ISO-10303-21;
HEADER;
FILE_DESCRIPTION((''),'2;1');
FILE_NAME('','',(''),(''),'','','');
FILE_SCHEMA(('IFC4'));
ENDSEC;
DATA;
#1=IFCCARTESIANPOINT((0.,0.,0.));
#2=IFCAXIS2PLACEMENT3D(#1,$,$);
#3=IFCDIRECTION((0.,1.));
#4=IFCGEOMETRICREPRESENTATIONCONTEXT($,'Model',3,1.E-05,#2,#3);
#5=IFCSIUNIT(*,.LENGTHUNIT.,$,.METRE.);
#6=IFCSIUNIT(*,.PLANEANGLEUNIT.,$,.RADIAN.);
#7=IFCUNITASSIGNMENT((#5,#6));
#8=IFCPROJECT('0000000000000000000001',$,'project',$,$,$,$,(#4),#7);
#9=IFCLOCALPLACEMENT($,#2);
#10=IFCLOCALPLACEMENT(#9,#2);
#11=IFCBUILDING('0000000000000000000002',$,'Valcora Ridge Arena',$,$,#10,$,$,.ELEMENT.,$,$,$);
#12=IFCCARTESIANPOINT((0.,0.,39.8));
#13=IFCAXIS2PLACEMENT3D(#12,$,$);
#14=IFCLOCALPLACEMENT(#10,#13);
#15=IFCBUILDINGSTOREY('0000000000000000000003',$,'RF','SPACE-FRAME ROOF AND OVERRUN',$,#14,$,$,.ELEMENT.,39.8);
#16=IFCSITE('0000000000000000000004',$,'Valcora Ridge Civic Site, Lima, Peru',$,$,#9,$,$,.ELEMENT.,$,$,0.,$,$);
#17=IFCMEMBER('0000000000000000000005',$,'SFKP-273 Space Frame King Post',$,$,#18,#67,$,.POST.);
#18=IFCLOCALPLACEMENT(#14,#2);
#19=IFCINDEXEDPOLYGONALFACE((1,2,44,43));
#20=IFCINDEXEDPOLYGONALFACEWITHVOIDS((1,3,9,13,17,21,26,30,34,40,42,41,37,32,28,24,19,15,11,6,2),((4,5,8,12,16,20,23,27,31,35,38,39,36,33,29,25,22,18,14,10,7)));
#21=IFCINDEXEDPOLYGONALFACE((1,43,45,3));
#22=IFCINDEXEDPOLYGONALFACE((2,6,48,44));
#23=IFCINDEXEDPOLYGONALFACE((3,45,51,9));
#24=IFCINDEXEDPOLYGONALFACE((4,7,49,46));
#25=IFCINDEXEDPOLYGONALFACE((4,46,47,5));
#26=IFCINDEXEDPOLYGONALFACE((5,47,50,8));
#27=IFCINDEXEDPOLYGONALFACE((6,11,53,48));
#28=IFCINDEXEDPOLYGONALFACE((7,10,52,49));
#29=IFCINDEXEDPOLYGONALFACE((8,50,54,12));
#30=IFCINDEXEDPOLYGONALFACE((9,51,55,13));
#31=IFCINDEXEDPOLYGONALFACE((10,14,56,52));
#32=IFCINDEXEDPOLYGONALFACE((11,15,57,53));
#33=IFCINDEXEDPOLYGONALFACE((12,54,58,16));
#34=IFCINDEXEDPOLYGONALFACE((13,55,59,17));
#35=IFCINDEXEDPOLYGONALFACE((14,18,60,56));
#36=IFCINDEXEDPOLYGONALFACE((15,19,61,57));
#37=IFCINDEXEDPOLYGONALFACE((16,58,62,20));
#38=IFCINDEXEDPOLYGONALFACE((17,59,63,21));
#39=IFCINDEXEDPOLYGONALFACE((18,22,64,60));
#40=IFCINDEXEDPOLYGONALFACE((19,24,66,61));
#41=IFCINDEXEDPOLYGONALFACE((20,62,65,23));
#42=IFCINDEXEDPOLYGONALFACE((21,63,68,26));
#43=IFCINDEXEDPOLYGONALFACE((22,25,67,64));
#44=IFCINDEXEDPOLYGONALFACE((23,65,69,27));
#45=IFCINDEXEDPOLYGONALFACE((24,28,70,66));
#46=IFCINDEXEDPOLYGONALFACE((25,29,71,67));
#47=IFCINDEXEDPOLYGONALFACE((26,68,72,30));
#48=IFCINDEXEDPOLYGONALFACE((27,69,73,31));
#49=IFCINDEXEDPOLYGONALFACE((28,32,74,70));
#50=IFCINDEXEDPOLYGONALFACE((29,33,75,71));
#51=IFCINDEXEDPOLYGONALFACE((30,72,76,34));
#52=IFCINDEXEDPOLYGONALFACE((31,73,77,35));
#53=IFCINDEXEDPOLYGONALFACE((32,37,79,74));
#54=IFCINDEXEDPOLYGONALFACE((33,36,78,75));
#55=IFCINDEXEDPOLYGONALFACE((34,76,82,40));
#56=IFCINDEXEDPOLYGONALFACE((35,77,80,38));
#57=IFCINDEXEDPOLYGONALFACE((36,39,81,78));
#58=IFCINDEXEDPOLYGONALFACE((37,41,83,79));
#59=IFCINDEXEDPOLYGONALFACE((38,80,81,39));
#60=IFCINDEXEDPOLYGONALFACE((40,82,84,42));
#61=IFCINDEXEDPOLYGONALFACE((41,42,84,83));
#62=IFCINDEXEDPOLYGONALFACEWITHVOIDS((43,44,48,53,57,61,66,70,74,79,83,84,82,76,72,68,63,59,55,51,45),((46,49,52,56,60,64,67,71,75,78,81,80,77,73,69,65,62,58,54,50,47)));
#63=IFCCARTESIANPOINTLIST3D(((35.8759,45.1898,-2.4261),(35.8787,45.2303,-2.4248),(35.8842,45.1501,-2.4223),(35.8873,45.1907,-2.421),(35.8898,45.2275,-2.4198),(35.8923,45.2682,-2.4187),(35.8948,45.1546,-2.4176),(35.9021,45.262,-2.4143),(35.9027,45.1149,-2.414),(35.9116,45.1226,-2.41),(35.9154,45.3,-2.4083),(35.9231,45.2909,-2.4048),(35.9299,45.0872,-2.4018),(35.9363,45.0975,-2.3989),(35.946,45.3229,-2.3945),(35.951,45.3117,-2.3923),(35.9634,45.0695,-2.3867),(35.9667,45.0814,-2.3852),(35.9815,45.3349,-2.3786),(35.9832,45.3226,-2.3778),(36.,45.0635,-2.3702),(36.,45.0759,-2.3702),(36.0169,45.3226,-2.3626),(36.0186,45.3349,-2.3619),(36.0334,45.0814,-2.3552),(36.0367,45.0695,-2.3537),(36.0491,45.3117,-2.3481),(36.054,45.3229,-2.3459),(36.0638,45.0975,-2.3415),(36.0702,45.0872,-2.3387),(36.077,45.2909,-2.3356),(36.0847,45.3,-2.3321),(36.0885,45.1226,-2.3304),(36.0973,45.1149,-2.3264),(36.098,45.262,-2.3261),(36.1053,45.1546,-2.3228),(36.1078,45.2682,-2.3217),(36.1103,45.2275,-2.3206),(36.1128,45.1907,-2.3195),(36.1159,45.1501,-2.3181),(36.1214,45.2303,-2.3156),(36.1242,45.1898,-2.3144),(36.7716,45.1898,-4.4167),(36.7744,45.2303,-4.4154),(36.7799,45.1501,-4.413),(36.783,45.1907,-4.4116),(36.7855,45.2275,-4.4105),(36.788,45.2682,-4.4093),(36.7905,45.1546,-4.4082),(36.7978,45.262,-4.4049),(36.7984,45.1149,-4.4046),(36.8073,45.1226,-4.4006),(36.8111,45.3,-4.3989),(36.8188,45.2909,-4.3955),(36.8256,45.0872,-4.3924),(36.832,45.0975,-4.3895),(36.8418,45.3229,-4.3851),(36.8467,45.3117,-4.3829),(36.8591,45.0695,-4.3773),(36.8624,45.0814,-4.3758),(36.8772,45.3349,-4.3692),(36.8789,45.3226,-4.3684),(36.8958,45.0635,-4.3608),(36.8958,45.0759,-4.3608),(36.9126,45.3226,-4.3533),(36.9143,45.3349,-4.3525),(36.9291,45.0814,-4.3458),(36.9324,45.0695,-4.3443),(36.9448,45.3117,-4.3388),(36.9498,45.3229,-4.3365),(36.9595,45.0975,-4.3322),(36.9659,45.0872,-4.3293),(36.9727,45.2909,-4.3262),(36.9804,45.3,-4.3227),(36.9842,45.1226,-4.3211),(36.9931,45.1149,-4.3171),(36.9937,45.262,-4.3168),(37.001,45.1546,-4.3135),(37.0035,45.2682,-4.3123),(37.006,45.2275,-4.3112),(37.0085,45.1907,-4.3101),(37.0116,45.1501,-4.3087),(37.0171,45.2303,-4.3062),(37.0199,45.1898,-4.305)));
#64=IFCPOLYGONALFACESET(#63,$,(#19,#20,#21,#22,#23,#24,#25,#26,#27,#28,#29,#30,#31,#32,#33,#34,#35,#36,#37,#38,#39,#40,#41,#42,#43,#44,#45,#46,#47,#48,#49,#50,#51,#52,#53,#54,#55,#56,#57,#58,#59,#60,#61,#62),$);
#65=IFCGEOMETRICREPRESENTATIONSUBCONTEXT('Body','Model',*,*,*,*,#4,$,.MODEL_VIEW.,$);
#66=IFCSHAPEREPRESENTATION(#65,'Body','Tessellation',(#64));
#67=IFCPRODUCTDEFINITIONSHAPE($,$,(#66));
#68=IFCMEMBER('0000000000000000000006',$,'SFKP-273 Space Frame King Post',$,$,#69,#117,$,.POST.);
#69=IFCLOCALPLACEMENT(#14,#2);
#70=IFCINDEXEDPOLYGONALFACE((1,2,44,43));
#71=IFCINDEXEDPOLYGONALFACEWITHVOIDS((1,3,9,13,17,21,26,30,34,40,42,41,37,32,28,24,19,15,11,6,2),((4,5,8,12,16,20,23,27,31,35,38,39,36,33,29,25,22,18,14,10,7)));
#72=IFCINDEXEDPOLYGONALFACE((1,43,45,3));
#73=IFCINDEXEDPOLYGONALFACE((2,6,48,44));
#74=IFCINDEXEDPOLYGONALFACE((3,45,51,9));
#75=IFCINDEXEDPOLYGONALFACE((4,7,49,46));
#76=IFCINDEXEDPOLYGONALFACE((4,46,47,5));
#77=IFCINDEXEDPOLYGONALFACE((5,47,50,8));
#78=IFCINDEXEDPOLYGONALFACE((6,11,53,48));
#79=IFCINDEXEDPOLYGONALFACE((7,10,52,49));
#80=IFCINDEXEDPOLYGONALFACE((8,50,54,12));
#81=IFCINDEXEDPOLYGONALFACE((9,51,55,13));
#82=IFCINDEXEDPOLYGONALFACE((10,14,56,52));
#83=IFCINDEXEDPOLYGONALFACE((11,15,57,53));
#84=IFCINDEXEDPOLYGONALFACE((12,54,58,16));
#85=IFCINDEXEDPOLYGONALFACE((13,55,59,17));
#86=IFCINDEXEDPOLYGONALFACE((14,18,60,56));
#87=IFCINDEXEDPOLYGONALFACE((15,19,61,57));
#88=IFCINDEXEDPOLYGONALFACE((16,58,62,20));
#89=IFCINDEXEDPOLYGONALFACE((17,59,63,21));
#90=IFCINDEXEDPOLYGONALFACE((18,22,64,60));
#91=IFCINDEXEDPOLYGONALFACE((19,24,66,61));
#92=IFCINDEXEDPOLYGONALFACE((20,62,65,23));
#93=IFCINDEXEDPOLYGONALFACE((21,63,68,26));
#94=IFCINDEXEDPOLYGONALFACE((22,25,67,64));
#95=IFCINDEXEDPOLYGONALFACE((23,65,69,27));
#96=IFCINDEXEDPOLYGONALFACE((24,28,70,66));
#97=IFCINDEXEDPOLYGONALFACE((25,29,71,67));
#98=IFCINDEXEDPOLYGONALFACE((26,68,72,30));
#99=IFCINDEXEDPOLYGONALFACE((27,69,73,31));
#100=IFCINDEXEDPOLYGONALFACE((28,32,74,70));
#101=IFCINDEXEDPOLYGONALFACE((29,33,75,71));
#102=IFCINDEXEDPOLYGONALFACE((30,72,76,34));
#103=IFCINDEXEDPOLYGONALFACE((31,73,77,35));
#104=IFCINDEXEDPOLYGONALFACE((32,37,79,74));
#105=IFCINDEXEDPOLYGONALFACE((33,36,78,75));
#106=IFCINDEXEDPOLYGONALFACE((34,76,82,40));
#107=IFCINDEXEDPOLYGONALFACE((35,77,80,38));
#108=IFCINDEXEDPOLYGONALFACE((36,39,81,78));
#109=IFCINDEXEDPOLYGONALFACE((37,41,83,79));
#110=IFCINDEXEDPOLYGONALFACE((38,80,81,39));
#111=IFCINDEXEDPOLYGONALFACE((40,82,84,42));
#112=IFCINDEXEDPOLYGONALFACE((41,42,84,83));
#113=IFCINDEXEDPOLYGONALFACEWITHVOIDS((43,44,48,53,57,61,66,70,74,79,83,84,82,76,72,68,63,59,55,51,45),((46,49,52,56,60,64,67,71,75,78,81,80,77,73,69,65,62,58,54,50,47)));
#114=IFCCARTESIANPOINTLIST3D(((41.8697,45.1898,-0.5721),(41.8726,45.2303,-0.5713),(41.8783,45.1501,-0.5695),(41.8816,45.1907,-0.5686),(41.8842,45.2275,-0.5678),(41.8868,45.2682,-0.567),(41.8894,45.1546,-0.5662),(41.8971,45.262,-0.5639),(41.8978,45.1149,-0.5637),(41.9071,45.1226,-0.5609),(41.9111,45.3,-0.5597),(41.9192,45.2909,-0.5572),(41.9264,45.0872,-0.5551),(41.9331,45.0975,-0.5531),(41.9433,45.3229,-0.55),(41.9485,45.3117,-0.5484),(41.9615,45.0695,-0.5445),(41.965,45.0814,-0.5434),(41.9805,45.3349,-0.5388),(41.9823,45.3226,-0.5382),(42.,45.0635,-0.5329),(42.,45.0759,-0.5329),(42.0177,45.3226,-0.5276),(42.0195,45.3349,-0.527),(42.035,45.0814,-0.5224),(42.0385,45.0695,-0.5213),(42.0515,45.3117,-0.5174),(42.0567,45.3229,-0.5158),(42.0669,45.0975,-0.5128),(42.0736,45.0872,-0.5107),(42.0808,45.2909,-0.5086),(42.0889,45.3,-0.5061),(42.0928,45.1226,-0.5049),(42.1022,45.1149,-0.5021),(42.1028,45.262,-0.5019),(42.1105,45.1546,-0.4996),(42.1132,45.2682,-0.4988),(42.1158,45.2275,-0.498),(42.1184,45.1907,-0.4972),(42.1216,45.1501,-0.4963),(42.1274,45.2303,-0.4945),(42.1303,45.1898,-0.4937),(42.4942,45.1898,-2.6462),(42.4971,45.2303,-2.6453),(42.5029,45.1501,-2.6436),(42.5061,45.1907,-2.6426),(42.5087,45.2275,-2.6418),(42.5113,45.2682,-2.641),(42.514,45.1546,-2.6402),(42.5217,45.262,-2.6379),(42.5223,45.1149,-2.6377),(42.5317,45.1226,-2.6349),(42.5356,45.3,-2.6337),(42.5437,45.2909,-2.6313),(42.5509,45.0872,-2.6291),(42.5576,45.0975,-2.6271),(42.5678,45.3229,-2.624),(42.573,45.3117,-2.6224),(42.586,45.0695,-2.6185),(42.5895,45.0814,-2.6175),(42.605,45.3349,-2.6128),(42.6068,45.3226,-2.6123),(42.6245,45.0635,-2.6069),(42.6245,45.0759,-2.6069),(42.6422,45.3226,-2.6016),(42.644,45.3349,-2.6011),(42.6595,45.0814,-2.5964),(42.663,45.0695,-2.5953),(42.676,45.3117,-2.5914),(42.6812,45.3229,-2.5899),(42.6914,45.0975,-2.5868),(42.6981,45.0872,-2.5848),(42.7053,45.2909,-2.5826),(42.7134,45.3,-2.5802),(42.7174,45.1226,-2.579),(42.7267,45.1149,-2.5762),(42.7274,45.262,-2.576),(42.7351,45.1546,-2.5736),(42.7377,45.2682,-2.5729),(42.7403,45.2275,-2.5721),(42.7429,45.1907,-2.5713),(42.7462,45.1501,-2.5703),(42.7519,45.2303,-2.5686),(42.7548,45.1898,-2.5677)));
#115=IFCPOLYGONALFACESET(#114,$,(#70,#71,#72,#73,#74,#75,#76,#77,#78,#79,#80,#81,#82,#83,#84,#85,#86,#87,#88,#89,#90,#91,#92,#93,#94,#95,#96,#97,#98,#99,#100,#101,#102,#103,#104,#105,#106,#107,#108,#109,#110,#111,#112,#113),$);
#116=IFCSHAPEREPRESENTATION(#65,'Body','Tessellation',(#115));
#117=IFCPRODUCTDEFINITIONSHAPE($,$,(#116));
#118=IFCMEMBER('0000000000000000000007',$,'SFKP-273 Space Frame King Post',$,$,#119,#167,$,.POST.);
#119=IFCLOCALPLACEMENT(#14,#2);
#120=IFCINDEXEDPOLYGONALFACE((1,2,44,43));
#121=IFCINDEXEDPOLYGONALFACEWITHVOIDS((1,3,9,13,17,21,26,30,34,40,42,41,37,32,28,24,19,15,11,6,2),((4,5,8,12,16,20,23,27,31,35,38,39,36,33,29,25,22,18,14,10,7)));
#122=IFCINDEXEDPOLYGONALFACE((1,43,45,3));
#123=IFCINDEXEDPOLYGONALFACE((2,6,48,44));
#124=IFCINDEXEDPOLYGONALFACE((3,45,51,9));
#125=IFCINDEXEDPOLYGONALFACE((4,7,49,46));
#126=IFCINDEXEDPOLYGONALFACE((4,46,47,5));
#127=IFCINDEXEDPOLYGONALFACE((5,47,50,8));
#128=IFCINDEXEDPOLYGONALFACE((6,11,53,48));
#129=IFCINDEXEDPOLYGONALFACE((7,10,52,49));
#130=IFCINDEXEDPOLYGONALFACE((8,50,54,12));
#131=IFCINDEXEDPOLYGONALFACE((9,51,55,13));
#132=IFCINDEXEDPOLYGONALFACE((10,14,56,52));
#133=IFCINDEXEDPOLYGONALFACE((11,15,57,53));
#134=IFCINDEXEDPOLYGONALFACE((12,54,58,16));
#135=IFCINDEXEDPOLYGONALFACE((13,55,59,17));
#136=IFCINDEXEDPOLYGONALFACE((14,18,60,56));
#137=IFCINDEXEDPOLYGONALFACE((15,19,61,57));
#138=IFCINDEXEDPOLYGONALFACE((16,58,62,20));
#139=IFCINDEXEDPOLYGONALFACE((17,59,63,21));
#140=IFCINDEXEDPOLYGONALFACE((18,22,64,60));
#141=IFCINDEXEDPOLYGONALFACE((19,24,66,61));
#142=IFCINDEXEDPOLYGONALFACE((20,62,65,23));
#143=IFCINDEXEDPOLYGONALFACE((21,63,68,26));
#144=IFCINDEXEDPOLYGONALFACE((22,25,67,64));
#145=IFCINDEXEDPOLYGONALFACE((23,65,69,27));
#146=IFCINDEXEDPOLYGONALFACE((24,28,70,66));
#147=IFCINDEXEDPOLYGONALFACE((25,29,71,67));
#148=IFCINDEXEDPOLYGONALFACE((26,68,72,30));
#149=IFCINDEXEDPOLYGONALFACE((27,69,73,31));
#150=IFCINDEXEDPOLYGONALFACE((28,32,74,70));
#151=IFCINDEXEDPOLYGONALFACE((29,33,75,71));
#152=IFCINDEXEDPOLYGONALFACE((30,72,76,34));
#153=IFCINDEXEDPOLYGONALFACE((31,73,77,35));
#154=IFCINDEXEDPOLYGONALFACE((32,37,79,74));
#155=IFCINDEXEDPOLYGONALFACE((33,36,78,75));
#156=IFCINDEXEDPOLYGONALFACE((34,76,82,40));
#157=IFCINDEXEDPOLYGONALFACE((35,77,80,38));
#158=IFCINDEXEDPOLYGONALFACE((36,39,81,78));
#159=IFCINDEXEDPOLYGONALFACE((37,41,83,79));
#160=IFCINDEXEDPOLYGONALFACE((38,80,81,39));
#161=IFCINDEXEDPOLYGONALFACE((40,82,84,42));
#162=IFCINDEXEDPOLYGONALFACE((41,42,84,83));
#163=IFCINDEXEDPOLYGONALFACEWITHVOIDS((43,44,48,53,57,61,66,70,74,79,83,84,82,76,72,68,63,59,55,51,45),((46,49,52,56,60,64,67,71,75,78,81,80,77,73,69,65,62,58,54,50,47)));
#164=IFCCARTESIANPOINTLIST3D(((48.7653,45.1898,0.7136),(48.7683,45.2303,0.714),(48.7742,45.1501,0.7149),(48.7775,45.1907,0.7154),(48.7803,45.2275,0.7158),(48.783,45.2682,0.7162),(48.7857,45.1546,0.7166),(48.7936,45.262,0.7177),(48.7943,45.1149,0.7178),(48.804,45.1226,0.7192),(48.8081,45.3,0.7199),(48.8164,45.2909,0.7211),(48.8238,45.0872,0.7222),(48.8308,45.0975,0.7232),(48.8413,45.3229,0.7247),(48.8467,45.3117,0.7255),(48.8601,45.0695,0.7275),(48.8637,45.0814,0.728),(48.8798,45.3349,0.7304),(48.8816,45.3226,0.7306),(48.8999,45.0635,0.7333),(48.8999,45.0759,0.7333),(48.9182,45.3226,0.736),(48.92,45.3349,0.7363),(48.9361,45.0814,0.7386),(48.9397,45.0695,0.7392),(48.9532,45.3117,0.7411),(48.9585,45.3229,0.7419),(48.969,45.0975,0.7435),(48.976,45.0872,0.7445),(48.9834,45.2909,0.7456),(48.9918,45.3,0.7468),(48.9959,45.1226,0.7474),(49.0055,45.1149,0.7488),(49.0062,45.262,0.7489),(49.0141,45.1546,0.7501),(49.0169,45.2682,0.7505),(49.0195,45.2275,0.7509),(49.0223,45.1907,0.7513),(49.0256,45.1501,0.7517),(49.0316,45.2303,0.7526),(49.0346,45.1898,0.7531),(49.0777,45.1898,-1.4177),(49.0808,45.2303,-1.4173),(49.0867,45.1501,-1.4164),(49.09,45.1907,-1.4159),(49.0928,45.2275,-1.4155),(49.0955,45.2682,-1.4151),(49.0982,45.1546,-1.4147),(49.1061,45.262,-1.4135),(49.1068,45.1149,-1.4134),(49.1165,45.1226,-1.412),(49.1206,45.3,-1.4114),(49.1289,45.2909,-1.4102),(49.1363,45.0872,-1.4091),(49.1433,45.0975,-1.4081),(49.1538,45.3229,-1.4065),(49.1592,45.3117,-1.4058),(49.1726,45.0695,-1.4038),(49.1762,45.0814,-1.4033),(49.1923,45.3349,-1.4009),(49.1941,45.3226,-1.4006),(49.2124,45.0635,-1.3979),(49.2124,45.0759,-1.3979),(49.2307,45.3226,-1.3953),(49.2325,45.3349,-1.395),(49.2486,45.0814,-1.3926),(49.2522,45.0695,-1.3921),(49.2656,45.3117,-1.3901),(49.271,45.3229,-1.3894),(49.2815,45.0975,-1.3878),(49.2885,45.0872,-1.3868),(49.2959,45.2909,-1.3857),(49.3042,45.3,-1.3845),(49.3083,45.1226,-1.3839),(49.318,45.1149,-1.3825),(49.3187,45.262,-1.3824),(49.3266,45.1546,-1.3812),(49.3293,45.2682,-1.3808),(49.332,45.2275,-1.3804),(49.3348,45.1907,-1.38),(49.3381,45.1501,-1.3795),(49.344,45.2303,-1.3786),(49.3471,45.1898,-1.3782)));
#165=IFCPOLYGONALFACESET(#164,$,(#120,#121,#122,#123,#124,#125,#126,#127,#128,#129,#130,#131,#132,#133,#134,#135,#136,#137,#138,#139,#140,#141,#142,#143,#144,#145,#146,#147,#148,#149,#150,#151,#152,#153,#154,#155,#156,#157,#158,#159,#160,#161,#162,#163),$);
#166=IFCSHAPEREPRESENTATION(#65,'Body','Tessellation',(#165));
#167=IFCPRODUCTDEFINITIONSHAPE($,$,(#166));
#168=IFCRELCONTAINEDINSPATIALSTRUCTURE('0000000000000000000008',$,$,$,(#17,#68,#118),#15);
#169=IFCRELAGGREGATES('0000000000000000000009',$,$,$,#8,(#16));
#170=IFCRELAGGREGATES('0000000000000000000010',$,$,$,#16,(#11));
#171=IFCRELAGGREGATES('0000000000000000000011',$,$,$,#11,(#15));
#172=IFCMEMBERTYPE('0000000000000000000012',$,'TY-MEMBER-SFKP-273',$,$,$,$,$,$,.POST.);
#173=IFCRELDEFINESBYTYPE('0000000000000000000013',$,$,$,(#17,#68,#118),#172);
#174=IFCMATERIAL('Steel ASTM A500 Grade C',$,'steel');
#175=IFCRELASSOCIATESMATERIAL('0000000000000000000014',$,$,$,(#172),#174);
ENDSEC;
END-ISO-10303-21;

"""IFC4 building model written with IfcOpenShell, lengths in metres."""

from ifc_helpers import new_model, si_unit, direction, frame, origin, origin_2d, place, context, subcontext, project, spatial, hollow_circle, extrude, material, material_profile, profile_set, type_object, element, save


model = new_model("IFC4")

# Units and contexts
model_context = context("Model", 3, precision=1e-05, world=origin(), true_north=direction((0.0, 1.0)))
body_context = subcontext(model_context, "Body", "Model", "MODEL_VIEW")
ifc_project = project(units=[si_unit("LENGTHUNIT", "METRE"), si_unit("PLANEANGLEUNIT", "RADIAN")], contexts=[model_context])

# Site, building, storey
site_placement = place(None, origin())
site = spatial("IfcSite", under=ifc_project, at=site_placement, Name="Valcora Ridge Civic Site, Lima, Peru", CompositionType="ELEMENT", RefElevation=0.0)
building_placement = place(site_placement, origin())
building = spatial("IfcBuilding", under=site, at=building_placement, Name="Valcora Ridge Arena", CompositionType="ELEMENT")
storey_placement = place(building_placement, frame((0.0, 0.0, 39.8)))
storey = spatial("IfcBuildingStorey", under=building, at=storey_placement, Name="RF", Description="SPACE-FRAME ROOF AND OVERRUN", CompositionType="ELEMENT", Elevation=39.8)

# Members
ifc_material_1 = material(Name="Steel ASTM A500 Grade C", Category="steel")
ifc_material_profile_1 = material_profile(ifc_material_1, hollow_circle(Radius=0.1365, WallThickness=0.0125, at=origin_2d()), Name="CHS273X12")
ifc_profile_set_1 = profile_set([ifc_material_profile_1], Name="Steel ASTM A500 Grade C")
member_type_1 = type_object("IfcMemberType", Name="TY-MEMBER-SFKP-273", PredefinedType="POST", material=ifc_profile_set_1)
member_1_placement = place(storey_placement, frame((36.8958, 45.2, -4.3608), z_axis=(-0.410337, 0.0, 0.911934), x_axis=(0.0, -1.0, 0.0)))
element("IfcMember", 1, at=member_1_placement, inside=storey, type_object=member_type_1, Name="SFKP-273 Space Frame King Post", PredefinedType="POST", context=body_context, shape_type="SweptSolid", body=[
    extrude(hollow_circle(Radius=0.1365, WallThickness=0.0125, at=origin_2d()), origin(), (0.0, 0.0, 1.0), 2.1829),
])
member_2_placement = place(storey_placement, frame((42.6245, 45.2, -2.6069), z_axis=(-0.28833, 0.0, 0.957531), x_axis=(0.0, -1.0, 0.0)))
element("IfcMember", 2, at=member_2_placement, inside=storey, type_object=member_type_1, Name="SFKP-273 Space Frame King Post", PredefinedType="POST", context=body_context, shape_type="SweptSolid", body=[
    extrude(hollow_circle(Radius=0.1365, WallThickness=0.0125, at=origin_2d()), origin(), (0.0, 0.0, 1.0), 2.166),
])
member_3_placement = place(storey_placement, frame((49.2124, 45.2, -1.3979), z_axis=(-0.14507, 0.0, 0.989421), x_axis=(0.0, -1.0, 0.0)))
element("IfcMember", 3, at=member_3_placement, inside=storey, type_object=member_type_1, Name="SFKP-273 Space Frame King Post", PredefinedType="POST", context=body_context, shape_type="SweptSolid", body=[
    extrude(hollow_circle(Radius=0.1365, WallThickness=0.0125, at=origin_2d()), origin(), (0.0, 0.0, 1.0), 2.1541),
])

save(model, "model.ifc")
